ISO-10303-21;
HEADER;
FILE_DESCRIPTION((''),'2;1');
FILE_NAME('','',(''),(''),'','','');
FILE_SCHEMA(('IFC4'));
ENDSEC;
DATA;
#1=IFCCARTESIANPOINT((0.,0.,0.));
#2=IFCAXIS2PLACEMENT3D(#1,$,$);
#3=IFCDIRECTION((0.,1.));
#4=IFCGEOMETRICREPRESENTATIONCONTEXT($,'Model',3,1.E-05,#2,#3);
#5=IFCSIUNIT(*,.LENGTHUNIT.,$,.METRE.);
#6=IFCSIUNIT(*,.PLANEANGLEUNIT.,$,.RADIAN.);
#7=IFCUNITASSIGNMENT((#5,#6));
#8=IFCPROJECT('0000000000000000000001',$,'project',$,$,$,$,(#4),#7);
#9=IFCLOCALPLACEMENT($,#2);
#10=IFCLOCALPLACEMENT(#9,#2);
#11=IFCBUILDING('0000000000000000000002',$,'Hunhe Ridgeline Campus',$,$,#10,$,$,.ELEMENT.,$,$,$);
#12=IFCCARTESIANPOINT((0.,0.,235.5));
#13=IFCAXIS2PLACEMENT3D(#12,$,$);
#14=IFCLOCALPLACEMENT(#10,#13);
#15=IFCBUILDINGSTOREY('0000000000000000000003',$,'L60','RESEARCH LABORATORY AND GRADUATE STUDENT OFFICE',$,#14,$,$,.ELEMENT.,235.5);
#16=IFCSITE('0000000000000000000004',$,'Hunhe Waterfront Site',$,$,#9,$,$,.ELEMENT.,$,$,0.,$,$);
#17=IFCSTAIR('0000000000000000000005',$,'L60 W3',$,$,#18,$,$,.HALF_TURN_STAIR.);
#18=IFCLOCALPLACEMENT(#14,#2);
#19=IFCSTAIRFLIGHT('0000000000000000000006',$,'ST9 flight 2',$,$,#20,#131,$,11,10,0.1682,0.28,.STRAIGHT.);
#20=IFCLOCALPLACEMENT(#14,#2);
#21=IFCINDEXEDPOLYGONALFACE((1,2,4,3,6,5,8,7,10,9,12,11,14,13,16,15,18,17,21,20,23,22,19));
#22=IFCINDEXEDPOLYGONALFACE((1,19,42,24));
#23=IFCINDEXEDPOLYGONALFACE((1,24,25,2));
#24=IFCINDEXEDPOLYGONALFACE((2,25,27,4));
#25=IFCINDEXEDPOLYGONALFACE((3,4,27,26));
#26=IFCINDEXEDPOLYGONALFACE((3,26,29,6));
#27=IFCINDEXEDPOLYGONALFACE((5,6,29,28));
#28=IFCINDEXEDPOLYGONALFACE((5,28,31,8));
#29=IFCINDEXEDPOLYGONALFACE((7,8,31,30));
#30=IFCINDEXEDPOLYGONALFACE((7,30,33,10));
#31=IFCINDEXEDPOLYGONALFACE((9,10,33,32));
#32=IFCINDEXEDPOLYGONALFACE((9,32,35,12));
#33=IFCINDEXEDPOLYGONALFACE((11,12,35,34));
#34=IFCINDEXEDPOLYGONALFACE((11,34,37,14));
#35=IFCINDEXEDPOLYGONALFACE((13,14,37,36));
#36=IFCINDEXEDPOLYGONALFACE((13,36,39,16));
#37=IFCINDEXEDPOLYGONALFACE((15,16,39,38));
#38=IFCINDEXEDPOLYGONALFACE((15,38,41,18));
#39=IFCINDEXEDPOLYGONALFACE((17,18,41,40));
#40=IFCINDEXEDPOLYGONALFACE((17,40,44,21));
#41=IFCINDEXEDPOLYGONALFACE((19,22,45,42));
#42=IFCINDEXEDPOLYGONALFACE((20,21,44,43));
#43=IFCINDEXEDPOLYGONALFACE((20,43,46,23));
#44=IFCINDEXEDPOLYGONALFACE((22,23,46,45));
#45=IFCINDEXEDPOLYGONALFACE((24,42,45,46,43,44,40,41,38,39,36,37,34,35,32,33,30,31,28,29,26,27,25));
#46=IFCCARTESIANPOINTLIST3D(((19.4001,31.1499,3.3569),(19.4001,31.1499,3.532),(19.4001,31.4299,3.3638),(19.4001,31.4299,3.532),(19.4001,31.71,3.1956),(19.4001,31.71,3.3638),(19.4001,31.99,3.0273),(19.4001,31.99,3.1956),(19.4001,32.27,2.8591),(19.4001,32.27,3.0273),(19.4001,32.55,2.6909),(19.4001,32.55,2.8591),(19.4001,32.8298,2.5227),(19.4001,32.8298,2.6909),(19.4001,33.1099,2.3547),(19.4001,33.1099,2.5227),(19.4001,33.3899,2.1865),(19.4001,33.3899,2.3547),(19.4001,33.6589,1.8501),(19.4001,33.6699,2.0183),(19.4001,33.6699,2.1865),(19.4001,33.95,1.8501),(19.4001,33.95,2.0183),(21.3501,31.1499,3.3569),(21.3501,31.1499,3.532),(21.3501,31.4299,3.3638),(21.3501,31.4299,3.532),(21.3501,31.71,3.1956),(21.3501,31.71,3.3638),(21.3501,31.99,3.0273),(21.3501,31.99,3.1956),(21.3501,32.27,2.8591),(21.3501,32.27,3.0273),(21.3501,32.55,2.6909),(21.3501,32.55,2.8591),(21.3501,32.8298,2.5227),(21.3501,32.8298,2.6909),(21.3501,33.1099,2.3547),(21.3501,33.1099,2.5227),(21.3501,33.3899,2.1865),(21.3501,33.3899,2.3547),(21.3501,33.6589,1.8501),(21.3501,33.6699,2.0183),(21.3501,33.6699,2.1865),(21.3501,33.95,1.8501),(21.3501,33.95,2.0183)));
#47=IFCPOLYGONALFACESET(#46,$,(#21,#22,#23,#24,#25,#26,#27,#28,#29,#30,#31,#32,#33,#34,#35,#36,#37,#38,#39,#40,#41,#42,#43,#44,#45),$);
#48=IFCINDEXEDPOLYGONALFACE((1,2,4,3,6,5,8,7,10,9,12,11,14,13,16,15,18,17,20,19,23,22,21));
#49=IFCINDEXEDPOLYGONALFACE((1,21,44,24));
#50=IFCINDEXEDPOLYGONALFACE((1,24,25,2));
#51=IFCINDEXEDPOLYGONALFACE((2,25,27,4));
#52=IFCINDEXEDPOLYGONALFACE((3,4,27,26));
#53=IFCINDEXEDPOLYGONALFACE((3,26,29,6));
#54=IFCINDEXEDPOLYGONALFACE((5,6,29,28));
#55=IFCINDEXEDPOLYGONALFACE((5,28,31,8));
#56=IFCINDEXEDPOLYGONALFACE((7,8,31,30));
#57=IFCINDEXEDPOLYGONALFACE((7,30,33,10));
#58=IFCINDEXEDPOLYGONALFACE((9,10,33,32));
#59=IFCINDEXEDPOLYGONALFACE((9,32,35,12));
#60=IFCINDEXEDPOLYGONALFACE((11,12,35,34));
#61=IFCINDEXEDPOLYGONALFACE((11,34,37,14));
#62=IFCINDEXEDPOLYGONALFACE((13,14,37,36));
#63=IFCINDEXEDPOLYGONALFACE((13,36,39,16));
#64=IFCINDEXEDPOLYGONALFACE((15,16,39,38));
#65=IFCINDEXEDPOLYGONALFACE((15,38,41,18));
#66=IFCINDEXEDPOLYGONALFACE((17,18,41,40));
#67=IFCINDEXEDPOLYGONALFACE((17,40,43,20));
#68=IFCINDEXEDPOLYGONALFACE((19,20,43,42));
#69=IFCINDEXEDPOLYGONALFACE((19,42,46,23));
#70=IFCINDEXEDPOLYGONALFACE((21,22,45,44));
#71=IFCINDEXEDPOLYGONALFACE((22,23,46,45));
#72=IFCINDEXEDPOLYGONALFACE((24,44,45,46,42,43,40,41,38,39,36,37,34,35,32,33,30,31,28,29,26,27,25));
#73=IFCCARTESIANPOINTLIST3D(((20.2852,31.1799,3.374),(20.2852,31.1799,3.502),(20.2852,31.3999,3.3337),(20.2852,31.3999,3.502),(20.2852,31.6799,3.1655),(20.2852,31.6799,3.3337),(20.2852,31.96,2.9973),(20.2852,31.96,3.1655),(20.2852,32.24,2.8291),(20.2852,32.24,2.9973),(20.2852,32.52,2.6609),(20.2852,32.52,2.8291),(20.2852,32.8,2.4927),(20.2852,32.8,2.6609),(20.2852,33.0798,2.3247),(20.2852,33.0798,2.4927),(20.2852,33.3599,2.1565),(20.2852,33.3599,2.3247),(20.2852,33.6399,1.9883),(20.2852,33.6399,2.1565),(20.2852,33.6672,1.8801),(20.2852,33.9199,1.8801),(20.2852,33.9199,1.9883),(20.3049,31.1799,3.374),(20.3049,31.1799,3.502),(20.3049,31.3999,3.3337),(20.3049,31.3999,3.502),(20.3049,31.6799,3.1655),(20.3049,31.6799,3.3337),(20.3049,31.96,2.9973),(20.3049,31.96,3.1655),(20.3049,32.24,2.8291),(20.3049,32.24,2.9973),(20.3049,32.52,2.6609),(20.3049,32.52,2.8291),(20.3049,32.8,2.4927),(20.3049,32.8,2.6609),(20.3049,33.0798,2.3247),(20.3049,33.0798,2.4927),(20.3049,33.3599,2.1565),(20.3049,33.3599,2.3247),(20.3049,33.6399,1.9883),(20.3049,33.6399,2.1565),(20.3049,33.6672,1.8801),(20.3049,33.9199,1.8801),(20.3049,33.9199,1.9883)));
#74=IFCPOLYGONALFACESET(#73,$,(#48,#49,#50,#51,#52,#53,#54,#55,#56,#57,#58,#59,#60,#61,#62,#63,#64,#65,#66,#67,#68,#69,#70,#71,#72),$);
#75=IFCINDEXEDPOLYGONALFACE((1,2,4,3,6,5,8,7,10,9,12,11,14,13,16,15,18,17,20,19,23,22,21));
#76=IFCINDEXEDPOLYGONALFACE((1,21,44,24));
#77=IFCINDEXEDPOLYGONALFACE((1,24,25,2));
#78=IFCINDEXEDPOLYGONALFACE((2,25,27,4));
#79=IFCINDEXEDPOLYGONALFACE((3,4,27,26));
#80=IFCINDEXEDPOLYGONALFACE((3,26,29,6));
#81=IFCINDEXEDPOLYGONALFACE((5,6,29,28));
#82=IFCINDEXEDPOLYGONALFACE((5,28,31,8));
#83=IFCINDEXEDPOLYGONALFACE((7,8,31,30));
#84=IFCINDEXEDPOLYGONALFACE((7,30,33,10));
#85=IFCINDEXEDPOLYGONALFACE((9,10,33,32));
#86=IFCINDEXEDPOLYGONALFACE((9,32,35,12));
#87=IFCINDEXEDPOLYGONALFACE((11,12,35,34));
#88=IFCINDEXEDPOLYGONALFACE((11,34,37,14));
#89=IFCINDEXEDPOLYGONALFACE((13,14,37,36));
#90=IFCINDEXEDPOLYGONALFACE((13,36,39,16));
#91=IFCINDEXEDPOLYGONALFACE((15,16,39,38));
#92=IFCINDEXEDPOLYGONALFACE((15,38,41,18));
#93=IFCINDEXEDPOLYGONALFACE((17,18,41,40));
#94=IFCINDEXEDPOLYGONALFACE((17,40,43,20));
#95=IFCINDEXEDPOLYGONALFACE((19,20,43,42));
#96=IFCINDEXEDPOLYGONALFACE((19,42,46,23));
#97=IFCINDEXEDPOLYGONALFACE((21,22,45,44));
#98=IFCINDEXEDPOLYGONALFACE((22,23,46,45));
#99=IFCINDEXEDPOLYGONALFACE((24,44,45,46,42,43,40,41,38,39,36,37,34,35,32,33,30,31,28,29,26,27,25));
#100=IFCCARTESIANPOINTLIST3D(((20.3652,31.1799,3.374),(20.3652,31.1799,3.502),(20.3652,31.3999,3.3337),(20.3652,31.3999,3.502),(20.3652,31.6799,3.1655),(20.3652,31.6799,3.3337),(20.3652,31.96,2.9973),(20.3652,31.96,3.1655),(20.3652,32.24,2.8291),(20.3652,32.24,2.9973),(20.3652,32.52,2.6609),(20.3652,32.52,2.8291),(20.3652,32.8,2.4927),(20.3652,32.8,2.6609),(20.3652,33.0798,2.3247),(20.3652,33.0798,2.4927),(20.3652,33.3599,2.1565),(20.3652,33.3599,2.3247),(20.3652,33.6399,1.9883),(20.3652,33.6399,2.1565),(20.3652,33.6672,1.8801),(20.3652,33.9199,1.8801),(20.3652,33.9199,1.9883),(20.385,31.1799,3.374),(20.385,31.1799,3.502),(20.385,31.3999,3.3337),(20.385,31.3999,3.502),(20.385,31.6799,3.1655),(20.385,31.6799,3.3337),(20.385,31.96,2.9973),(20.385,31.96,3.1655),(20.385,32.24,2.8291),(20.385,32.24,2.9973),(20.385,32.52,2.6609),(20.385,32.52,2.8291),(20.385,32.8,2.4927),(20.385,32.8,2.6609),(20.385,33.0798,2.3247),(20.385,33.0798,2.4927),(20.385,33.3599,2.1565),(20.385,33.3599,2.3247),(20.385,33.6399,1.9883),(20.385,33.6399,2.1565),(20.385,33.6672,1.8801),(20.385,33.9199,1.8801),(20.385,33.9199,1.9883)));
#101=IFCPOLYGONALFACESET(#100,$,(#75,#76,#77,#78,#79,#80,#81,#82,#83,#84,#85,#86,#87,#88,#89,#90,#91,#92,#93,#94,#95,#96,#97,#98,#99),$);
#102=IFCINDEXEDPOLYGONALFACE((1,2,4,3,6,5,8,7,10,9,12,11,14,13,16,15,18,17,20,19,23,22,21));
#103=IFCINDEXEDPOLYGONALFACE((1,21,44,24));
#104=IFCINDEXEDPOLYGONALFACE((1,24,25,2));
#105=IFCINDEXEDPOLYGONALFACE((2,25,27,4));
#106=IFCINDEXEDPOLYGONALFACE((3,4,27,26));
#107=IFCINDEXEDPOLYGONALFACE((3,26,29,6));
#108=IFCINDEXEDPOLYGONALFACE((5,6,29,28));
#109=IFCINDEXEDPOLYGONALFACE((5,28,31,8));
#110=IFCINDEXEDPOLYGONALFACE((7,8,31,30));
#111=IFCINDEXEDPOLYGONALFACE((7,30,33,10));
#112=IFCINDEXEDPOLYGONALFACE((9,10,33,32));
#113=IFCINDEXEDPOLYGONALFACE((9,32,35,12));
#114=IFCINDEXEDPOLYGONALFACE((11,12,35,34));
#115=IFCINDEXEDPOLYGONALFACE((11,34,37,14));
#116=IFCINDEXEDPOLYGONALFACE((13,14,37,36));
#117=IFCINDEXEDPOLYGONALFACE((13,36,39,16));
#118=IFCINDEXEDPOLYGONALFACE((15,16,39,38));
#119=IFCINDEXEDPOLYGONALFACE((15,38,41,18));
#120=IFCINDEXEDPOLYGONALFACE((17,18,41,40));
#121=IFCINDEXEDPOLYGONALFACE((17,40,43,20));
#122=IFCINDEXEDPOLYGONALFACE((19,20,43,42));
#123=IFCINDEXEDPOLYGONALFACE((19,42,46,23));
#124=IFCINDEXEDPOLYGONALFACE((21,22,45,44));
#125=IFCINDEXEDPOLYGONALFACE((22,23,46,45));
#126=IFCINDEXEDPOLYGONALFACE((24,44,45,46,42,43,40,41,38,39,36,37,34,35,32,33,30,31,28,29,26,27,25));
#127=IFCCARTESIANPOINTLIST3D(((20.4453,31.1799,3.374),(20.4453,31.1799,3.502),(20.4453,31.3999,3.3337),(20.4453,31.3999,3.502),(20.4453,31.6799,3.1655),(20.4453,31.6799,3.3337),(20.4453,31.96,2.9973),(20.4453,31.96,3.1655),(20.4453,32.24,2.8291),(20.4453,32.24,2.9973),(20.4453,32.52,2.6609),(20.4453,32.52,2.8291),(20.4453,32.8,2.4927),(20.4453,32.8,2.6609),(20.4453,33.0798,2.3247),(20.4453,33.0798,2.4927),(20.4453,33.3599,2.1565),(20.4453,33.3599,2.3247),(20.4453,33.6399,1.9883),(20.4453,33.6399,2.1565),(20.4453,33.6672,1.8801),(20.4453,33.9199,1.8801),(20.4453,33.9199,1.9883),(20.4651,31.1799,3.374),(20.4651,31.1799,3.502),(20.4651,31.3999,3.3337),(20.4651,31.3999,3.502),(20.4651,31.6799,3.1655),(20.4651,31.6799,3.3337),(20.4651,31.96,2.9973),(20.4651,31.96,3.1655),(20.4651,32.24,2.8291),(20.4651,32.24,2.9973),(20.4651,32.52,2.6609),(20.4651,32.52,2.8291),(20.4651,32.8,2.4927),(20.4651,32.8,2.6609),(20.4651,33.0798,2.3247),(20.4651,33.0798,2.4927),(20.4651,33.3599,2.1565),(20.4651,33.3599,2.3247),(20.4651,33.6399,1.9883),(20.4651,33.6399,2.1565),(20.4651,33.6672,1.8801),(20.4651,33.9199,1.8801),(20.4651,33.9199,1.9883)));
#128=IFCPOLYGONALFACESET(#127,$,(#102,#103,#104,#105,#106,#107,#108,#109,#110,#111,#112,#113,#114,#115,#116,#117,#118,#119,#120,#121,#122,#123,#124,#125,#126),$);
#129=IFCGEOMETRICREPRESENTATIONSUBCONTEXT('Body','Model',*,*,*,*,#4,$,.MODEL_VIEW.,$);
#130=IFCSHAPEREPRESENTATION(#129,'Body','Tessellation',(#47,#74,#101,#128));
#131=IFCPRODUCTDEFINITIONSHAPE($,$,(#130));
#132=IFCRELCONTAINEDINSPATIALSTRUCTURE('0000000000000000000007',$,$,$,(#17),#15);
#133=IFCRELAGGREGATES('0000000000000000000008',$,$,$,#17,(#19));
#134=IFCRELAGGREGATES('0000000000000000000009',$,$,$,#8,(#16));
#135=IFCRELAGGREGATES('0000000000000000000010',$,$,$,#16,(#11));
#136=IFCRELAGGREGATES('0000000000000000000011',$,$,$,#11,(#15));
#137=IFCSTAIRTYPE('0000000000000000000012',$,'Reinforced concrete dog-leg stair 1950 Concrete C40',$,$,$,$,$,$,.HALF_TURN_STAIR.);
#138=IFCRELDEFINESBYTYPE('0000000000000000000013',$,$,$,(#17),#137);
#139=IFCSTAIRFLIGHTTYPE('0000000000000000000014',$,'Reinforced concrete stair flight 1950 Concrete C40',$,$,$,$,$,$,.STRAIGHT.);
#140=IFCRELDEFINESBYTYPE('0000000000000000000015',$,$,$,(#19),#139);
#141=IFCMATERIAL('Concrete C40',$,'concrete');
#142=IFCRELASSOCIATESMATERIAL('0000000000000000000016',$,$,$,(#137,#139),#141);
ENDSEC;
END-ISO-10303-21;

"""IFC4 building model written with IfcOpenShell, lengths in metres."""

from ifc_helpers import new_model, si_unit, direction, frame, origin, place, context, subcontext, project, spatial, polyline, outline, extrude, material, type_object, element, aggregate, save


model = new_model("IFC4")

# Units and contexts
model_context = context("Model", 3, precision=1e-05, world=origin(), true_north=direction((0.0, 1.0)))
body_context = subcontext(model_context, "Body", "Model", "MODEL_VIEW")
ifc_project = project(units=[si_unit("LENGTHUNIT", "METRE"), si_unit("PLANEANGLEUNIT", "RADIAN")], contexts=[model_context])

# Site, building, storey
site_placement = place(None, origin())
site = spatial("IfcSite", under=ifc_project, at=site_placement, Name="Hunhe Waterfront Site", CompositionType="ELEMENT", RefElevation=0.0)
building_placement = place(site_placement, origin())
building = spatial("IfcBuilding", under=site, at=building_placement, Name="Hunhe Ridgeline Campus", CompositionType="ELEMENT")
storey_placement = place(building_placement, frame((0.0, 0.0, 235.5)))
storey = spatial("IfcBuildingStorey", under=building, at=storey_placement, Name="L60", Description="RESEARCH LABORATORY AND GRADUATE STUDENT OFFICE", CompositionType="ELEMENT", Elevation=235.5)

# Stair, stair flight
ifc_material_1 = material(Name="Concrete C40", Category="concrete")
stair_type = type_object("IfcStairType", Name="Reinforced concrete dog-leg stair 1950 Concrete C40", PredefinedType="HALF_TURN_STAIR", material=ifc_material_1)
stair_placement = place(storey_placement, origin())
stair = element("IfcStair", 1, at=stair_placement, inside=storey, type_object=stair_type, Name="L60 W3", PredefinedType="HALF_TURN_STAIR")
stair_flight_type = type_object("IfcStairFlightType", Name="Reinforced concrete stair flight 1950 Concrete C40", PredefinedType="STRAIGHT", material=ifc_material_1)
stair_flight_1_placement = place(storey_placement, frame((20.375, 33.95, 1.8501), z_axis=(0.0, 0.0, 1.0), x_axis=(0.0, -1.0, 0.0)))
stair_flight_1 = element("IfcStairFlight", 2, at=stair_flight_1_placement, type_object=stair_flight_type, Name="ST9 flight 2", NumberOfRisers=11, NumberOfTreads=10, PredefinedType="STRAIGHT", RiserHeight=0.1682, TreadLength=0.28, context=body_context, shape_type="SweptSolid", body=[
    extrude(outline(polyline([(0.0, 0.0), (0.0, 0.1682), (0.28, 0.1682), (0.28, 0.3364), (0.5601, 0.3364), (0.5601, 0.5046), (0.8401, 0.5046), (0.8401, 0.6726), (1.1201, 0.6726), (1.1201, 0.8408), (1.3999, 0.8408), (1.3999, 1.009), (1.6799, 1.009), (1.6799, 1.1772), (1.96, 1.1772), (1.96, 1.3455), (2.24, 1.3455), (2.24, 1.5137), (2.52, 1.5137), (2.52, 1.6819), (2.8, 1.6819), (2.8, 1.8501), (2.8, 1.5068), (0.291, 0.0), (0.0, 0.0)])), frame((0.0, 0.9751, 0.0), z_axis=(0.0, -1.0, 0.0), x_axis=(1.0, 0.0, 0.0)), (0.0, 0.0, 1.0), 1.95),
    extrude(outline(polyline([(0.03, 0.03), (0.03, 0.1382), (0.3101, 0.1382), (0.3101, 0.3064), (0.5901, 0.3064), (0.5901, 0.4746), (0.8701, 0.4746), (0.8701, 0.6426), (1.1499, 0.6426), (1.1499, 0.8108), (1.4299, 0.8108), (1.4299, 0.979), (1.71, 0.979), (1.71, 1.1472), (1.99, 1.1472), (1.99, 1.3154), (2.27, 1.3154), (2.27, 1.4836), (2.55, 1.4836), (2.55, 1.6519), (2.77, 1.6519), (2.77, 1.5239), (0.2827, 0.03), (0.03, 0.03)])), frame((0.0, -0.0701, 0.0), z_axis=(0.0, -1.0, 0.0), x_axis=(1.0, 0.0, 0.0)), (0.0, 0.0, 1.0), 0.0198),
    extrude(outline(polyline([(0.03, 0.03), (0.03, 0.1382), (0.3101, 0.1382), (0.3101, 0.3064), (0.5901, 0.3064), (0.5901, 0.4746), (0.8701, 0.4746), (0.8701, 0.6426), (1.1499, 0.6426), (1.1499, 0.8108), (1.4299, 0.8108), (1.4299, 0.979), (1.71, 0.979), (1.71, 1.1472), (1.99, 1.1472), (1.99, 1.3154), (2.27, 1.3154), (2.27, 1.4836), (2.55, 1.4836), (2.55, 1.6519), (2.77, 1.6519), (2.77, 1.5239), (0.2827, 0.03), (0.03, 0.03)])), frame((0.0, 0.01, 0.0), z_axis=(0.0, -1.0, 0.0), x_axis=(1.0, 0.0, 0.0)), (0.0, 0.0, 1.0), 0.0198),
    extrude(outline(polyline([(0.03, 0.03), (0.03, 0.1382), (0.3101, 0.1382), (0.3101, 0.3064), (0.5901, 0.3064), (0.5901, 0.4746), (0.8701, 0.4746), (0.8701, 0.6426), (1.1499, 0.6426), (1.1499, 0.8108), (1.4299, 0.8108), (1.4299, 0.979), (1.71, 0.979), (1.71, 1.1472), (1.99, 1.1472), (1.99, 1.3154), (2.27, 1.3154), (2.27, 1.4836), (2.55, 1.4836), (2.55, 1.6519), (2.77, 1.6519), (2.77, 1.5239), (0.2827, 0.03), (0.03, 0.03)])), frame((0.0, 0.0901, 0.0), z_axis=(0.0, -1.0, 0.0), x_axis=(1.0, 0.0, 0.0)), (0.0, 0.0, 1.0), 0.0198),
])
aggregate(stair, [stair_flight_1])

save(model, "model.ifc")
